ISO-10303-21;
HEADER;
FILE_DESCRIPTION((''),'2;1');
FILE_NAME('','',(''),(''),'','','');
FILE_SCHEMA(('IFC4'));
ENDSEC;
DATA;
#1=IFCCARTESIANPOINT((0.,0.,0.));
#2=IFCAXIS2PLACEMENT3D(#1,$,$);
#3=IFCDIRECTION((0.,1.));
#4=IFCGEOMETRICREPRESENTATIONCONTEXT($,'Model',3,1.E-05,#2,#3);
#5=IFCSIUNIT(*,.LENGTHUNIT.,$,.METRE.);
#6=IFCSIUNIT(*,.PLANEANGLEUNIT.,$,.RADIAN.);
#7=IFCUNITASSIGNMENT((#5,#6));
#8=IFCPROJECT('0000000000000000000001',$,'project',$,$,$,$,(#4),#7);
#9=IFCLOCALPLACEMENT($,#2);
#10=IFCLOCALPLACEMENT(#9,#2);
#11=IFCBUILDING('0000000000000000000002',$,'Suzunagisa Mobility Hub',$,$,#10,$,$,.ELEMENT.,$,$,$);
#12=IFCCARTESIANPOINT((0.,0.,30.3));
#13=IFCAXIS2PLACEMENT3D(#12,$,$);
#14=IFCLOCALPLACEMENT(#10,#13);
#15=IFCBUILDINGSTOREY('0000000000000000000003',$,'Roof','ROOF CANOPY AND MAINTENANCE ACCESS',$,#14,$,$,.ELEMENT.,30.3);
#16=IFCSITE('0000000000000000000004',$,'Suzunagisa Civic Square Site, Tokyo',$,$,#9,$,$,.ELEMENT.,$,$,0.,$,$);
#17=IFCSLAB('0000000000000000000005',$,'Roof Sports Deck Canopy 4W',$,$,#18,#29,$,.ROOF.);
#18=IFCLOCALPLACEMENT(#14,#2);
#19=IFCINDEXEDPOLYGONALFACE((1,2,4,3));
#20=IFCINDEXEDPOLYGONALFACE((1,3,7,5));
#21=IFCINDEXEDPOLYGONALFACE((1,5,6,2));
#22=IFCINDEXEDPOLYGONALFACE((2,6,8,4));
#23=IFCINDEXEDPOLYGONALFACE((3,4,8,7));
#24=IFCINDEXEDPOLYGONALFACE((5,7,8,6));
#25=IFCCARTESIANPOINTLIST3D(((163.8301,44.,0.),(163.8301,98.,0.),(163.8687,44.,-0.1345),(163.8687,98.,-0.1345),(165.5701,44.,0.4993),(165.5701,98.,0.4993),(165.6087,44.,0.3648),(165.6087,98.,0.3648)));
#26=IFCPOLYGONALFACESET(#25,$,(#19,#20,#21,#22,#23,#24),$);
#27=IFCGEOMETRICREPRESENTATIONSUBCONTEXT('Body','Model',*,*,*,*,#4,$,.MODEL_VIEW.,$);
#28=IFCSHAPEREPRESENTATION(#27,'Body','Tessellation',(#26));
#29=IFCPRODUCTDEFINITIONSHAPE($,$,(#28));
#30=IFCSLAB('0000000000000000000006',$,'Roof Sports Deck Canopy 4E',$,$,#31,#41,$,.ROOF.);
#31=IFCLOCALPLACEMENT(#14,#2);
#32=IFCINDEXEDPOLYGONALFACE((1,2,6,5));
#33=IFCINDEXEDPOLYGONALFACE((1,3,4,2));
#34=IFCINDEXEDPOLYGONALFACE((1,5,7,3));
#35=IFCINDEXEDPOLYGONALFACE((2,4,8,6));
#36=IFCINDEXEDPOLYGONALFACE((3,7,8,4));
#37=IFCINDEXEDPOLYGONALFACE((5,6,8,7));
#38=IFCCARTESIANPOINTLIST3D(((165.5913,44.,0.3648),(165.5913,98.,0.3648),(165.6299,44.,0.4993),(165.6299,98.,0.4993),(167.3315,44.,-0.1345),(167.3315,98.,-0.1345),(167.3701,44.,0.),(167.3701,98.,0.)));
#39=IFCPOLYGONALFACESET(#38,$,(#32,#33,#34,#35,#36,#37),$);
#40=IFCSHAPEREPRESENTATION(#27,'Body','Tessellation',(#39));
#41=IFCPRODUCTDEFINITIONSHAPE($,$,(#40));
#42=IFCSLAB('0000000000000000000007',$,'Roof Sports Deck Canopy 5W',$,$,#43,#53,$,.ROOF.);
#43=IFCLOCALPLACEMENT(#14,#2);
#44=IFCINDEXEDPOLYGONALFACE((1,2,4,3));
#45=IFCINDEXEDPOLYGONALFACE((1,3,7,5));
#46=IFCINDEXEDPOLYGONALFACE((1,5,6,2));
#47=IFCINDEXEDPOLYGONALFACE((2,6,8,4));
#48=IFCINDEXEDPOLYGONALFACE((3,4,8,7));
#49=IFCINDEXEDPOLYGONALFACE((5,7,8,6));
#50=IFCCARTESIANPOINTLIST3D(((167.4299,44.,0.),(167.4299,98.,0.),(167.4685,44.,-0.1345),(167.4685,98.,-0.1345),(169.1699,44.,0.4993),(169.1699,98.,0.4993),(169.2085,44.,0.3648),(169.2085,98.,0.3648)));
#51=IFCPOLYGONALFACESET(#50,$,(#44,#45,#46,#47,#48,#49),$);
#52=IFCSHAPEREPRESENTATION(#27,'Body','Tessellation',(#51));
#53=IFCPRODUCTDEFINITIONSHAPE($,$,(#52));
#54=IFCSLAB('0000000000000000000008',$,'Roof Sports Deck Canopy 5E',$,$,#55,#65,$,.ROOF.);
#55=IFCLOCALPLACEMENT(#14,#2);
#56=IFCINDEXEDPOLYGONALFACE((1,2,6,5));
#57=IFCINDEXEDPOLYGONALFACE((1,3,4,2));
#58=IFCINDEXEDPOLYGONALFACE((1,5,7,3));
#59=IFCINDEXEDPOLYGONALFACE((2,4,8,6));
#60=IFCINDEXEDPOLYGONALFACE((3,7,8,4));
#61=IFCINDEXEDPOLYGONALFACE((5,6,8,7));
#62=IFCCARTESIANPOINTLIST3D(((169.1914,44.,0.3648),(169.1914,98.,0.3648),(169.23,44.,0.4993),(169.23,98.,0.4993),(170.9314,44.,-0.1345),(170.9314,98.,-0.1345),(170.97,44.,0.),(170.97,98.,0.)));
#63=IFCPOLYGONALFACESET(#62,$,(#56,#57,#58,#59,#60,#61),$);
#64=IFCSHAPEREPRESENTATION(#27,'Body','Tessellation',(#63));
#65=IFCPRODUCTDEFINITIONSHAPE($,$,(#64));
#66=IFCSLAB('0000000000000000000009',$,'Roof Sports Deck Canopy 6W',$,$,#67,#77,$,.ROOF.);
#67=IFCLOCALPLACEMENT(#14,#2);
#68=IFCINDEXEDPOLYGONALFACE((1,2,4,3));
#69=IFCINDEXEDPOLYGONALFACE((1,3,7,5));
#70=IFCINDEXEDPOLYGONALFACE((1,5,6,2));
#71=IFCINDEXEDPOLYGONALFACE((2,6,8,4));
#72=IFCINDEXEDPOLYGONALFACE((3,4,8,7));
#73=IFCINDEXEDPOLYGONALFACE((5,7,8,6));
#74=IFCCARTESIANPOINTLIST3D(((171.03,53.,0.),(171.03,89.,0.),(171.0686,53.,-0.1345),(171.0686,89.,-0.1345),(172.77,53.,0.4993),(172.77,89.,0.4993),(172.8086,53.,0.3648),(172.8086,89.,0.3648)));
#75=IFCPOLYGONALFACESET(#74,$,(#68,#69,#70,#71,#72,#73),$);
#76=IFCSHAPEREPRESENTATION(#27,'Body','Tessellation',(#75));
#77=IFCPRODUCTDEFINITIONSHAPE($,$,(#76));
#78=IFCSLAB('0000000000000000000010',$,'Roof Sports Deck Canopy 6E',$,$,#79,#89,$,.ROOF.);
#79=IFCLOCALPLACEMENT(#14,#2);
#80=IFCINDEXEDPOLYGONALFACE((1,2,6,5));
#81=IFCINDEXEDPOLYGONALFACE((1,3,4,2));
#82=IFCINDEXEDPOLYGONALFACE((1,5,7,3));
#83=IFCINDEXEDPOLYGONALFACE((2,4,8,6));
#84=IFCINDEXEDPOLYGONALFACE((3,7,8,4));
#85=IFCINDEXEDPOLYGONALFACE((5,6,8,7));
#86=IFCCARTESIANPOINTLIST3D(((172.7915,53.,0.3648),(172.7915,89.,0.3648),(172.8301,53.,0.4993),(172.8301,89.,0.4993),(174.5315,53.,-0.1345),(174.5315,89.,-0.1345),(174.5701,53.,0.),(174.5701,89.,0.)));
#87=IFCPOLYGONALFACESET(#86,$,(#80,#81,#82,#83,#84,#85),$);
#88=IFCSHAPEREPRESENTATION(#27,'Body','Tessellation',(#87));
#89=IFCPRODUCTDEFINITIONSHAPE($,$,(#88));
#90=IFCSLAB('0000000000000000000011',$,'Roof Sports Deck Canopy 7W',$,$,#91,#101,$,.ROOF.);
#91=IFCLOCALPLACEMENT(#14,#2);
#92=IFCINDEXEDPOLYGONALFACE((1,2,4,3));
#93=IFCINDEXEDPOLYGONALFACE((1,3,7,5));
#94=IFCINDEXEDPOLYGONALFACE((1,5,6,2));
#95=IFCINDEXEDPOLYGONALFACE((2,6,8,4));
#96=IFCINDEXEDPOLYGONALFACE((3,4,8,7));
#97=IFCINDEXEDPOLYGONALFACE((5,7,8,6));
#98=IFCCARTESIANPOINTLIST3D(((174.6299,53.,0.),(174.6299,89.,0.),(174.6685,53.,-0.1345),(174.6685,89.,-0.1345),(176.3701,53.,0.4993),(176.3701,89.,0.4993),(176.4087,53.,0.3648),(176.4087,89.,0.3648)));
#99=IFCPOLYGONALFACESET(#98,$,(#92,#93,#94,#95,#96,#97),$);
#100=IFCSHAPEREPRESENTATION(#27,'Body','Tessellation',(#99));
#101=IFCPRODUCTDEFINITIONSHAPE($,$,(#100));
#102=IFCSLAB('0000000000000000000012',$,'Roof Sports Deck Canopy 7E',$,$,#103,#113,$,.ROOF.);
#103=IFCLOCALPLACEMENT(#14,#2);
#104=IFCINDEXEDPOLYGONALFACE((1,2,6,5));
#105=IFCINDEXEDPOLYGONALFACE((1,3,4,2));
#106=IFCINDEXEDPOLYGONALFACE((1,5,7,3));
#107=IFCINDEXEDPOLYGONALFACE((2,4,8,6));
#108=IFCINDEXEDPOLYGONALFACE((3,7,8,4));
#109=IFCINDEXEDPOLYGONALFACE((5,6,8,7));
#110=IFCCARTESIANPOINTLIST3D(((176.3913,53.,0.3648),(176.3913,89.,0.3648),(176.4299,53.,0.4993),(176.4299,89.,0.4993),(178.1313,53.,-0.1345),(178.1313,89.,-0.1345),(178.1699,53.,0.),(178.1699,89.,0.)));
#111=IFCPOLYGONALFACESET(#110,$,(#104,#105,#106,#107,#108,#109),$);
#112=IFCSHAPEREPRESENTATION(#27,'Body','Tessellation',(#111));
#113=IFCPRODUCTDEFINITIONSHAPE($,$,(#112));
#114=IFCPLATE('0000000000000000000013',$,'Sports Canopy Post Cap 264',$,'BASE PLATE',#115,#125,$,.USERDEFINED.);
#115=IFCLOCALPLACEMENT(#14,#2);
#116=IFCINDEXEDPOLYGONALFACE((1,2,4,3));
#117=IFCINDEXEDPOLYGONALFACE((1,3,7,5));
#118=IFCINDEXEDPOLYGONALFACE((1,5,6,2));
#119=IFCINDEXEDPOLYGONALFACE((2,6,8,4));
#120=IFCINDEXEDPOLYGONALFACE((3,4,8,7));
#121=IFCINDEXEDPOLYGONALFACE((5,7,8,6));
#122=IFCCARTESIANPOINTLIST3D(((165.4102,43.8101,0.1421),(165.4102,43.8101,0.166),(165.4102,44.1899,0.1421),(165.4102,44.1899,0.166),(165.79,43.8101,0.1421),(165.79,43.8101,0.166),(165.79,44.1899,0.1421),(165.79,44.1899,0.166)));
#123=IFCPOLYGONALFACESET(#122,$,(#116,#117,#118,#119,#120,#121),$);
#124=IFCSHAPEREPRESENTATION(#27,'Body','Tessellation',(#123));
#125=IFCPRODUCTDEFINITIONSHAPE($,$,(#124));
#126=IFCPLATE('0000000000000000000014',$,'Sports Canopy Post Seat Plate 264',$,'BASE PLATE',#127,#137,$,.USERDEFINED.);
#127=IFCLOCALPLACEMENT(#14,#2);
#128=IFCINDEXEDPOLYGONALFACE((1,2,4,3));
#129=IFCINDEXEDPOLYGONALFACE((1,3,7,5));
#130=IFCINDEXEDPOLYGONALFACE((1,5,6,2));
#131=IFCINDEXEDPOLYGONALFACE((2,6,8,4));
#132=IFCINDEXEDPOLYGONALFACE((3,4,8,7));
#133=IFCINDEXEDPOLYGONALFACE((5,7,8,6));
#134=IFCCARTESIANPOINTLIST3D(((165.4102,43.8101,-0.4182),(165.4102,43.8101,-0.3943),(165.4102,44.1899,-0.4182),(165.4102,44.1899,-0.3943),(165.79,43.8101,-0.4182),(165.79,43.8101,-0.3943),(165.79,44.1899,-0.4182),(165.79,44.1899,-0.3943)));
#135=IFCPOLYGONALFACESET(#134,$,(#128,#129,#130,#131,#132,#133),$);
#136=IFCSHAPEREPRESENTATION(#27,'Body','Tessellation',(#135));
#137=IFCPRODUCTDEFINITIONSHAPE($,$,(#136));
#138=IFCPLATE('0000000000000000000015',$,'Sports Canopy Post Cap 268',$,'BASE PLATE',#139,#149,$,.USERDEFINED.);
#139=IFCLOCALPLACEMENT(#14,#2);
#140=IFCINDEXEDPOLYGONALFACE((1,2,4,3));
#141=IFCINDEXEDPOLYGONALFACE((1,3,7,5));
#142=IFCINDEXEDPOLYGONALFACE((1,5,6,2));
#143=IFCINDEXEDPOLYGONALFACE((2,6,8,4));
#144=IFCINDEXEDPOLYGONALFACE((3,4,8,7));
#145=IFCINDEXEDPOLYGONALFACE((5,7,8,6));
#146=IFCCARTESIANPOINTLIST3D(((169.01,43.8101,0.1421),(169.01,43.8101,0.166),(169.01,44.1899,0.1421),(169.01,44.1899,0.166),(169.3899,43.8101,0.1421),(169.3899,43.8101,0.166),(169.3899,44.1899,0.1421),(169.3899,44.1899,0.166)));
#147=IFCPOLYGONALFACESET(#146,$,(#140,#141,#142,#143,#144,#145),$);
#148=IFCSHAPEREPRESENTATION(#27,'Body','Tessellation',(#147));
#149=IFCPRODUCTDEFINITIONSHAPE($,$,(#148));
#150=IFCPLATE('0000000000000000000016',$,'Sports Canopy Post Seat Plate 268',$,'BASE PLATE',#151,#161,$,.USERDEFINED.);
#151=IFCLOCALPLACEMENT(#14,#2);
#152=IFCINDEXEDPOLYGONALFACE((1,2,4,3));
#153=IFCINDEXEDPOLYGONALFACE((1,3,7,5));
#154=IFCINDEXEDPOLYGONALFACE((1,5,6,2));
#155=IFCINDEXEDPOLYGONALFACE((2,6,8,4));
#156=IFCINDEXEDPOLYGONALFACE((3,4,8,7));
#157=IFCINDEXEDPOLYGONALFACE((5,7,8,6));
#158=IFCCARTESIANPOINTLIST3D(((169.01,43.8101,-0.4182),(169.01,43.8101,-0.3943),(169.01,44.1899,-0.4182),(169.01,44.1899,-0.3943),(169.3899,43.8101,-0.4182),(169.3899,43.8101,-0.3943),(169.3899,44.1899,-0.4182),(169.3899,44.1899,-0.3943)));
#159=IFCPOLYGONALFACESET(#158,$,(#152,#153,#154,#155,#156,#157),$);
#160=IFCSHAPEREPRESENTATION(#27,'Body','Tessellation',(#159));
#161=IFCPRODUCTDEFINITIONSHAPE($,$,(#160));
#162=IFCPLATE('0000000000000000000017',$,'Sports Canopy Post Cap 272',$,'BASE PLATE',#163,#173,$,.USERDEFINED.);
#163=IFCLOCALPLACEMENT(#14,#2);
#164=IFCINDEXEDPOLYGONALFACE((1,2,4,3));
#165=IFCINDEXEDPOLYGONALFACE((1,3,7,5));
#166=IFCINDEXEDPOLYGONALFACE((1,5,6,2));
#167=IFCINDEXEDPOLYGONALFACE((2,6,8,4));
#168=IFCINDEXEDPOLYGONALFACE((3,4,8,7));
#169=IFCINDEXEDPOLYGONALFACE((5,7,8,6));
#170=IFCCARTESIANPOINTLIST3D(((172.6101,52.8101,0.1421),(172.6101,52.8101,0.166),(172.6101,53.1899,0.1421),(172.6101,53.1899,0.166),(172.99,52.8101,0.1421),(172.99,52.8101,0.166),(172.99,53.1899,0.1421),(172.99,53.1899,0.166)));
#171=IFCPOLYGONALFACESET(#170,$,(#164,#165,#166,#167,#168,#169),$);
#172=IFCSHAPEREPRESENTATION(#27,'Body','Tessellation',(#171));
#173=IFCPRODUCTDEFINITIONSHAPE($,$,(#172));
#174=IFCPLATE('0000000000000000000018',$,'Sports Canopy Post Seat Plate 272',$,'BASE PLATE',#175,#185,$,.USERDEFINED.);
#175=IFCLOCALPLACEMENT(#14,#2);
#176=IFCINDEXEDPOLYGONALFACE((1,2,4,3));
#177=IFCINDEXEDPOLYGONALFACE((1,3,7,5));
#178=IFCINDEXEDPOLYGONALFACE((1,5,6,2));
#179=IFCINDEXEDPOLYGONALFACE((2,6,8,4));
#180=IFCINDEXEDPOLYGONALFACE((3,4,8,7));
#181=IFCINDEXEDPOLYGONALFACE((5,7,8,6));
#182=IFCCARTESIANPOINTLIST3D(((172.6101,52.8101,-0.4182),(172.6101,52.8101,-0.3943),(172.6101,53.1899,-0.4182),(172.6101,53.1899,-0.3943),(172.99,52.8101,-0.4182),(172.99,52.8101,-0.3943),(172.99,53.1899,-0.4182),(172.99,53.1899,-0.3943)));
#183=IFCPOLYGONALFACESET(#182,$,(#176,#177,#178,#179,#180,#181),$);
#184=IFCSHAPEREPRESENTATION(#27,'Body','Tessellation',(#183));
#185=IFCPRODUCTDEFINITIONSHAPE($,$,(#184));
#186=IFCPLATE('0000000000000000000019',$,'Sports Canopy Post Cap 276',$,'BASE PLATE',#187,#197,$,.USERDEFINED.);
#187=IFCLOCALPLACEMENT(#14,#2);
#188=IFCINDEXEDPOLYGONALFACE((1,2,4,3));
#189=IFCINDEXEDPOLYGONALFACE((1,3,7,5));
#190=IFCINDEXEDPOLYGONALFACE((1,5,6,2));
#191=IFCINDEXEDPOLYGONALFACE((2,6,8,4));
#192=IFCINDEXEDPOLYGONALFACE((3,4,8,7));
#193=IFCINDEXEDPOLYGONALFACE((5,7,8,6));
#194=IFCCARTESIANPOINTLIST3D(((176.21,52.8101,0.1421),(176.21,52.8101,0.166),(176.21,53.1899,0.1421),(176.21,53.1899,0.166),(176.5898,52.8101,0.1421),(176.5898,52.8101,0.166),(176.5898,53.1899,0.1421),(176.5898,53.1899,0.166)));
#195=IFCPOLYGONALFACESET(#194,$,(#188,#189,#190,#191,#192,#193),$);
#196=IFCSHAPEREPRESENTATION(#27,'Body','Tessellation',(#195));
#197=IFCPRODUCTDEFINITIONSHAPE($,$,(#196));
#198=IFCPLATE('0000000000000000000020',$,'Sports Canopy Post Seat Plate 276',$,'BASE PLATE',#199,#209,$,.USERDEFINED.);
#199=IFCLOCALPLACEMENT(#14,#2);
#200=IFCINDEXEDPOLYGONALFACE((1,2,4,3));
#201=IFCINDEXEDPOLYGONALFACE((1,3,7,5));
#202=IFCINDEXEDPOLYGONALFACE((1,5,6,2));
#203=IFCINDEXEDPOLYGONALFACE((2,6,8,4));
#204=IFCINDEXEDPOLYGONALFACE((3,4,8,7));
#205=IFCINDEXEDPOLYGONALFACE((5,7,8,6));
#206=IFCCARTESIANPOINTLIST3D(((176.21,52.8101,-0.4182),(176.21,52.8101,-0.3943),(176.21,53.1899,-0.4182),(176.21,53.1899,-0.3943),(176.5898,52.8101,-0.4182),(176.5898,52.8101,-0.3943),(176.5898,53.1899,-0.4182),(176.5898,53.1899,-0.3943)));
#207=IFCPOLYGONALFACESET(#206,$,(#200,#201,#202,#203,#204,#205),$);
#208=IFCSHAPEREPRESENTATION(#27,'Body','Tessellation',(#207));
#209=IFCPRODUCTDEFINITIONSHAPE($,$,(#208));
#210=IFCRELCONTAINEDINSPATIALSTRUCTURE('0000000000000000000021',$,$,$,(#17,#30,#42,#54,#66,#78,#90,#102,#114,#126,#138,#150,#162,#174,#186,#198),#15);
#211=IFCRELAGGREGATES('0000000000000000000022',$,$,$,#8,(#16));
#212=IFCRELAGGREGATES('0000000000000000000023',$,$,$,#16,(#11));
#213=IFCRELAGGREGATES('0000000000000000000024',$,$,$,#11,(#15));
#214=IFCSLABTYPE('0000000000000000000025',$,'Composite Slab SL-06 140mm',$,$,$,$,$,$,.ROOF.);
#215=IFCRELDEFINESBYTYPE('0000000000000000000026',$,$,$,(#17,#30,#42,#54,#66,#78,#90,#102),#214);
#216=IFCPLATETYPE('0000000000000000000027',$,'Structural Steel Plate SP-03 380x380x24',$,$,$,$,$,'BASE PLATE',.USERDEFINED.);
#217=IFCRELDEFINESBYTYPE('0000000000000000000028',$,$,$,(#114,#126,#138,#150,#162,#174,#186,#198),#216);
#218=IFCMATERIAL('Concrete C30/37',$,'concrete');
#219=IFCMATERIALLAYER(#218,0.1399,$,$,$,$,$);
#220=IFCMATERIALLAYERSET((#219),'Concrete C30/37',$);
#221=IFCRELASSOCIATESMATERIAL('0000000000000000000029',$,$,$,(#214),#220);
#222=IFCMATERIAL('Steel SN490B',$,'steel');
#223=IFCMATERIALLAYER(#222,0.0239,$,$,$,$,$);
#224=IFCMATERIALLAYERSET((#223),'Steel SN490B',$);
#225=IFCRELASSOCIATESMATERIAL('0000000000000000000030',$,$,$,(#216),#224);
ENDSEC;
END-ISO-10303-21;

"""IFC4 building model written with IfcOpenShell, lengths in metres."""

from ifc_helpers import new_model, si_unit, direction, frame, origin, origin_2d, place, context, subcontext, project, spatial, polyline, rectangle, outline, extrude, material, layer, layer_set, type_object, element, save


model = new_model("IFC4")

# Units and contexts
model_context = context("Model", 3, precision=1e-05, world=origin(), true_north=direction((0.0, 1.0)))
body_context = subcontext(model_context, "Body", "Model", "MODEL_VIEW")
ifc_project = project(units=[si_unit("LENGTHUNIT", "METRE"), si_unit("PLANEANGLEUNIT", "RADIAN")], contexts=[model_context])

# Site, building, storey
site_placement = place(None, origin())
site = spatial("IfcSite", under=ifc_project, at=site_placement, Name="Suzunagisa Civic Square Site, Tokyo", CompositionType="ELEMENT", RefElevation=0.0)
building_placement = place(site_placement, origin())
building = spatial("IfcBuilding", under=site, at=building_placement, Name="Suzunagisa Mobility Hub", CompositionType="ELEMENT")
storey_placement = place(building_placement, frame((0.0, 0.0, 30.3)))
storey = spatial("IfcBuildingStorey", under=building, at=storey_placement, Name="Roof", Description="ROOF CANOPY AND MAINTENANCE ACCESS", CompositionType="ELEMENT", Elevation=30.3)

# Slabs
ifc_material_1 = material(Name="Concrete C30/37", Category="concrete")
ifc_layer_1 = layer(ifc_material_1, 0.1399)
ifc_layer_set_1 = layer_set([ifc_layer_1], Name="Concrete C30/37")
slab_type = type_object("IfcSlabType", Name="Composite Slab SL-06 140mm", PredefinedType="ROOF", material=ifc_layer_set_1)
slab_1_placement = place(storey_placement, frame((163.8301, 44.0, 0.0), z_axis=(-0.275808, 0.0, 0.961213), x_axis=(0.961213, 0.0, 0.275808)))
element("IfcSlab", 1, at=slab_1_placement, inside=storey, type_object=slab_type, Name="Roof Sports Deck Canopy 4W", PredefinedType="ROOF", context=body_context, shape_type="SweptSolid", body=[
    extrude(outline(polyline([(0.0, 0.0), (1.8102, 0.0), (1.8102, 54.0), (0.0, 54.0), (0.0, 0.0)])), origin(), (0.0, 0.0, -1.0), 0.1399),
])
slab_2_placement = place(storey_placement, frame((165.6299, 44.0, 0.4993), z_axis=(0.275772, 0.0, 0.961223), x_axis=(0.961223, 0.0, -0.275772)))
element("IfcSlab", 2, at=slab_2_placement, inside=storey, type_object=slab_type, Name="Roof Sports Deck Canopy 4E", PredefinedType="ROOF", context=body_context, shape_type="SweptSolid", body=[
    extrude(outline(polyline([(0.0, 0.0), (1.8104, 0.0), (1.8104, 54.0), (0.0, 54.0), (0.0, 0.0)])), origin(), (0.0, 0.0, -1.0), 0.1399),
])
for number, where, z_axis, x_axis, name in (
    (3, (167.4299, 44.0, 0.0), (-0.275808, 0.0, 0.961213), (0.961213, 0.0, 0.275808), "Roof Sports Deck Canopy 5W"),
    (4, (169.23, 44.0, 0.4993), (0.275808, 0.0, 0.961213), (0.961213, 0.0, -0.275808), "Roof Sports Deck Canopy 5E"),
):
    element("IfcSlab", number, at=place(storey_placement, frame(where, z_axis=z_axis, x_axis=x_axis)), inside=storey, type_object=slab_type, Name=name, PredefinedType="ROOF", context=body_context, shape_type="SweptSolid", body=[
        extrude(outline(polyline([(0.0, 0.0), (1.8102, 0.0), (1.8102, 54.0), (0.0, 54.0), (0.0, 0.0)])), origin(), (0.0, 0.0, -1.0), 0.1399),
    ])
for number, where, z_axis, x_axis, name in (
    (5, (171.03, 53.0, 0.0), (-0.275808, 0.0, 0.961213), (0.961213, 0.0, 0.275808), "Roof Sports Deck Canopy 6W"),
    (6, (172.8301, 53.0, 0.4993), (0.275808, 0.0, 0.961213), (0.961213, 0.0, -0.275808), "Roof Sports Deck Canopy 6E"),
):
    element("IfcSlab", number, at=place(storey_placement, frame(where, z_axis=z_axis, x_axis=x_axis)), inside=storey, type_object=slab_type, Name=name, PredefinedType="ROOF", context=body_context, shape_type="SweptSolid", body=[
        extrude(outline(polyline([(0.0, 0.0), (1.8102, 0.0), (1.8102, 36.0), (0.0, 36.0), (0.0, 0.0)])), origin(), (0.0, 0.0, -1.0), 0.1399),
    ])
slab_3_placement = place(storey_placement, frame((174.6299, 53.0, 0.0), z_axis=(-0.275772, 0.0, 0.961223), x_axis=(0.961223, 0.0, 0.275772)))
element("IfcSlab", 7, at=slab_3_placement, inside=storey, type_object=slab_type, Name="Roof Sports Deck Canopy 7W", PredefinedType="ROOF", context=body_context, shape_type="SweptSolid", body=[
    extrude(outline(polyline([(0.0, 0.0), (1.8104, 0.0), (1.8104, 36.0), (0.0, 36.0), (0.0, 0.0)])), origin(), (0.0, 0.0, -1.0), 0.1399),
])
slab_4_placement = place(storey_placement, frame((176.4299, 53.0, 0.4993), z_axis=(0.275808, 0.0, 0.961213), x_axis=(0.961213, 0.0, -0.275808)))
element("IfcSlab", 8, at=slab_4_placement, inside=storey, type_object=slab_type, Name="Roof Sports Deck Canopy 7E", PredefinedType="ROOF", context=body_context, shape_type="SweptSolid", body=[
    extrude(outline(polyline([(0.0, 0.0), (1.8102, 0.0), (1.8102, 36.0), (0.0, 36.0), (0.0, 0.0)])), origin(), (0.0, 0.0, -1.0), 0.1399),
])

# Plates
ifc_material_2 = material(Name="Steel SN490B", Category="steel")
ifc_layer_2 = layer(ifc_material_2, 0.0239)
ifc_layer_set_2 = layer_set([ifc_layer_2], Name="Steel SN490B")
plate_type = type_object("IfcPlateType", Name="Structural Steel Plate SP-03 380x380x24", ElementType="BASE PLATE", PredefinedType="USERDEFINED", material=ifc_layer_set_2)
for number, where, z_axis, x_axis, name in (
    (9, (165.6001, 44.0, 0.1421), (0.0, 0.0, 1.0), (1.0, 0.0, 0.0), "Sports Canopy Post Cap 264"),
    (10, (165.6001, 44.0, -0.4182), (0.0, 0.0, 1.0), (1.0, 0.0, 0.0), "Sports Canopy Post Seat Plate 264"),
    (11, (169.2, 44.0, 0.1421), (0.0, 0.0, 1.0), (1.0, 0.0, 0.0), "Sports Canopy Post Cap 268"),
    (12, (169.2, 44.0, -0.4182), (0.0, 0.0, 1.0), (1.0, 0.0, 0.0), "Sports Canopy Post Seat Plate 268"),
    (13, (172.8, 53.0, 0.1421), (0.0, 0.0, 1.0), (1.0, 0.0, 0.0), "Sports Canopy Post Cap 272"),
    (14, (172.8, 53.0, -0.4182), (0.0, 0.0, 1.0), (1.0, 0.0, 0.0), "Sports Canopy Post Seat Plate 272"),
    (15, (176.3999, 53.0, 0.1421), (0.0, 0.0, 1.0), (1.0, 0.0, 0.0), "Sports Canopy Post Cap 276"),
    (16, (176.3999, 53.0, -0.4182), (0.0, 0.0, 1.0), (1.0, 0.0, 0.0), "Sports Canopy Post Seat Plate 276"),
):
    element("IfcPlate", number, at=place(storey_placement, frame(where, z_axis=z_axis, x_axis=x_axis)), inside=storey, type_object=plate_type, Name=name, ObjectType="BASE PLATE", PredefinedType="USERDEFINED", context=body_context, shape_type="SweptSolid", body=[
        extrude(rectangle(XDim=0.3799, YDim=0.3799, at=origin_2d()), origin(), (0.0, 0.0, 1.0), 0.0239),
    ])

save(model, "model.ifc")
